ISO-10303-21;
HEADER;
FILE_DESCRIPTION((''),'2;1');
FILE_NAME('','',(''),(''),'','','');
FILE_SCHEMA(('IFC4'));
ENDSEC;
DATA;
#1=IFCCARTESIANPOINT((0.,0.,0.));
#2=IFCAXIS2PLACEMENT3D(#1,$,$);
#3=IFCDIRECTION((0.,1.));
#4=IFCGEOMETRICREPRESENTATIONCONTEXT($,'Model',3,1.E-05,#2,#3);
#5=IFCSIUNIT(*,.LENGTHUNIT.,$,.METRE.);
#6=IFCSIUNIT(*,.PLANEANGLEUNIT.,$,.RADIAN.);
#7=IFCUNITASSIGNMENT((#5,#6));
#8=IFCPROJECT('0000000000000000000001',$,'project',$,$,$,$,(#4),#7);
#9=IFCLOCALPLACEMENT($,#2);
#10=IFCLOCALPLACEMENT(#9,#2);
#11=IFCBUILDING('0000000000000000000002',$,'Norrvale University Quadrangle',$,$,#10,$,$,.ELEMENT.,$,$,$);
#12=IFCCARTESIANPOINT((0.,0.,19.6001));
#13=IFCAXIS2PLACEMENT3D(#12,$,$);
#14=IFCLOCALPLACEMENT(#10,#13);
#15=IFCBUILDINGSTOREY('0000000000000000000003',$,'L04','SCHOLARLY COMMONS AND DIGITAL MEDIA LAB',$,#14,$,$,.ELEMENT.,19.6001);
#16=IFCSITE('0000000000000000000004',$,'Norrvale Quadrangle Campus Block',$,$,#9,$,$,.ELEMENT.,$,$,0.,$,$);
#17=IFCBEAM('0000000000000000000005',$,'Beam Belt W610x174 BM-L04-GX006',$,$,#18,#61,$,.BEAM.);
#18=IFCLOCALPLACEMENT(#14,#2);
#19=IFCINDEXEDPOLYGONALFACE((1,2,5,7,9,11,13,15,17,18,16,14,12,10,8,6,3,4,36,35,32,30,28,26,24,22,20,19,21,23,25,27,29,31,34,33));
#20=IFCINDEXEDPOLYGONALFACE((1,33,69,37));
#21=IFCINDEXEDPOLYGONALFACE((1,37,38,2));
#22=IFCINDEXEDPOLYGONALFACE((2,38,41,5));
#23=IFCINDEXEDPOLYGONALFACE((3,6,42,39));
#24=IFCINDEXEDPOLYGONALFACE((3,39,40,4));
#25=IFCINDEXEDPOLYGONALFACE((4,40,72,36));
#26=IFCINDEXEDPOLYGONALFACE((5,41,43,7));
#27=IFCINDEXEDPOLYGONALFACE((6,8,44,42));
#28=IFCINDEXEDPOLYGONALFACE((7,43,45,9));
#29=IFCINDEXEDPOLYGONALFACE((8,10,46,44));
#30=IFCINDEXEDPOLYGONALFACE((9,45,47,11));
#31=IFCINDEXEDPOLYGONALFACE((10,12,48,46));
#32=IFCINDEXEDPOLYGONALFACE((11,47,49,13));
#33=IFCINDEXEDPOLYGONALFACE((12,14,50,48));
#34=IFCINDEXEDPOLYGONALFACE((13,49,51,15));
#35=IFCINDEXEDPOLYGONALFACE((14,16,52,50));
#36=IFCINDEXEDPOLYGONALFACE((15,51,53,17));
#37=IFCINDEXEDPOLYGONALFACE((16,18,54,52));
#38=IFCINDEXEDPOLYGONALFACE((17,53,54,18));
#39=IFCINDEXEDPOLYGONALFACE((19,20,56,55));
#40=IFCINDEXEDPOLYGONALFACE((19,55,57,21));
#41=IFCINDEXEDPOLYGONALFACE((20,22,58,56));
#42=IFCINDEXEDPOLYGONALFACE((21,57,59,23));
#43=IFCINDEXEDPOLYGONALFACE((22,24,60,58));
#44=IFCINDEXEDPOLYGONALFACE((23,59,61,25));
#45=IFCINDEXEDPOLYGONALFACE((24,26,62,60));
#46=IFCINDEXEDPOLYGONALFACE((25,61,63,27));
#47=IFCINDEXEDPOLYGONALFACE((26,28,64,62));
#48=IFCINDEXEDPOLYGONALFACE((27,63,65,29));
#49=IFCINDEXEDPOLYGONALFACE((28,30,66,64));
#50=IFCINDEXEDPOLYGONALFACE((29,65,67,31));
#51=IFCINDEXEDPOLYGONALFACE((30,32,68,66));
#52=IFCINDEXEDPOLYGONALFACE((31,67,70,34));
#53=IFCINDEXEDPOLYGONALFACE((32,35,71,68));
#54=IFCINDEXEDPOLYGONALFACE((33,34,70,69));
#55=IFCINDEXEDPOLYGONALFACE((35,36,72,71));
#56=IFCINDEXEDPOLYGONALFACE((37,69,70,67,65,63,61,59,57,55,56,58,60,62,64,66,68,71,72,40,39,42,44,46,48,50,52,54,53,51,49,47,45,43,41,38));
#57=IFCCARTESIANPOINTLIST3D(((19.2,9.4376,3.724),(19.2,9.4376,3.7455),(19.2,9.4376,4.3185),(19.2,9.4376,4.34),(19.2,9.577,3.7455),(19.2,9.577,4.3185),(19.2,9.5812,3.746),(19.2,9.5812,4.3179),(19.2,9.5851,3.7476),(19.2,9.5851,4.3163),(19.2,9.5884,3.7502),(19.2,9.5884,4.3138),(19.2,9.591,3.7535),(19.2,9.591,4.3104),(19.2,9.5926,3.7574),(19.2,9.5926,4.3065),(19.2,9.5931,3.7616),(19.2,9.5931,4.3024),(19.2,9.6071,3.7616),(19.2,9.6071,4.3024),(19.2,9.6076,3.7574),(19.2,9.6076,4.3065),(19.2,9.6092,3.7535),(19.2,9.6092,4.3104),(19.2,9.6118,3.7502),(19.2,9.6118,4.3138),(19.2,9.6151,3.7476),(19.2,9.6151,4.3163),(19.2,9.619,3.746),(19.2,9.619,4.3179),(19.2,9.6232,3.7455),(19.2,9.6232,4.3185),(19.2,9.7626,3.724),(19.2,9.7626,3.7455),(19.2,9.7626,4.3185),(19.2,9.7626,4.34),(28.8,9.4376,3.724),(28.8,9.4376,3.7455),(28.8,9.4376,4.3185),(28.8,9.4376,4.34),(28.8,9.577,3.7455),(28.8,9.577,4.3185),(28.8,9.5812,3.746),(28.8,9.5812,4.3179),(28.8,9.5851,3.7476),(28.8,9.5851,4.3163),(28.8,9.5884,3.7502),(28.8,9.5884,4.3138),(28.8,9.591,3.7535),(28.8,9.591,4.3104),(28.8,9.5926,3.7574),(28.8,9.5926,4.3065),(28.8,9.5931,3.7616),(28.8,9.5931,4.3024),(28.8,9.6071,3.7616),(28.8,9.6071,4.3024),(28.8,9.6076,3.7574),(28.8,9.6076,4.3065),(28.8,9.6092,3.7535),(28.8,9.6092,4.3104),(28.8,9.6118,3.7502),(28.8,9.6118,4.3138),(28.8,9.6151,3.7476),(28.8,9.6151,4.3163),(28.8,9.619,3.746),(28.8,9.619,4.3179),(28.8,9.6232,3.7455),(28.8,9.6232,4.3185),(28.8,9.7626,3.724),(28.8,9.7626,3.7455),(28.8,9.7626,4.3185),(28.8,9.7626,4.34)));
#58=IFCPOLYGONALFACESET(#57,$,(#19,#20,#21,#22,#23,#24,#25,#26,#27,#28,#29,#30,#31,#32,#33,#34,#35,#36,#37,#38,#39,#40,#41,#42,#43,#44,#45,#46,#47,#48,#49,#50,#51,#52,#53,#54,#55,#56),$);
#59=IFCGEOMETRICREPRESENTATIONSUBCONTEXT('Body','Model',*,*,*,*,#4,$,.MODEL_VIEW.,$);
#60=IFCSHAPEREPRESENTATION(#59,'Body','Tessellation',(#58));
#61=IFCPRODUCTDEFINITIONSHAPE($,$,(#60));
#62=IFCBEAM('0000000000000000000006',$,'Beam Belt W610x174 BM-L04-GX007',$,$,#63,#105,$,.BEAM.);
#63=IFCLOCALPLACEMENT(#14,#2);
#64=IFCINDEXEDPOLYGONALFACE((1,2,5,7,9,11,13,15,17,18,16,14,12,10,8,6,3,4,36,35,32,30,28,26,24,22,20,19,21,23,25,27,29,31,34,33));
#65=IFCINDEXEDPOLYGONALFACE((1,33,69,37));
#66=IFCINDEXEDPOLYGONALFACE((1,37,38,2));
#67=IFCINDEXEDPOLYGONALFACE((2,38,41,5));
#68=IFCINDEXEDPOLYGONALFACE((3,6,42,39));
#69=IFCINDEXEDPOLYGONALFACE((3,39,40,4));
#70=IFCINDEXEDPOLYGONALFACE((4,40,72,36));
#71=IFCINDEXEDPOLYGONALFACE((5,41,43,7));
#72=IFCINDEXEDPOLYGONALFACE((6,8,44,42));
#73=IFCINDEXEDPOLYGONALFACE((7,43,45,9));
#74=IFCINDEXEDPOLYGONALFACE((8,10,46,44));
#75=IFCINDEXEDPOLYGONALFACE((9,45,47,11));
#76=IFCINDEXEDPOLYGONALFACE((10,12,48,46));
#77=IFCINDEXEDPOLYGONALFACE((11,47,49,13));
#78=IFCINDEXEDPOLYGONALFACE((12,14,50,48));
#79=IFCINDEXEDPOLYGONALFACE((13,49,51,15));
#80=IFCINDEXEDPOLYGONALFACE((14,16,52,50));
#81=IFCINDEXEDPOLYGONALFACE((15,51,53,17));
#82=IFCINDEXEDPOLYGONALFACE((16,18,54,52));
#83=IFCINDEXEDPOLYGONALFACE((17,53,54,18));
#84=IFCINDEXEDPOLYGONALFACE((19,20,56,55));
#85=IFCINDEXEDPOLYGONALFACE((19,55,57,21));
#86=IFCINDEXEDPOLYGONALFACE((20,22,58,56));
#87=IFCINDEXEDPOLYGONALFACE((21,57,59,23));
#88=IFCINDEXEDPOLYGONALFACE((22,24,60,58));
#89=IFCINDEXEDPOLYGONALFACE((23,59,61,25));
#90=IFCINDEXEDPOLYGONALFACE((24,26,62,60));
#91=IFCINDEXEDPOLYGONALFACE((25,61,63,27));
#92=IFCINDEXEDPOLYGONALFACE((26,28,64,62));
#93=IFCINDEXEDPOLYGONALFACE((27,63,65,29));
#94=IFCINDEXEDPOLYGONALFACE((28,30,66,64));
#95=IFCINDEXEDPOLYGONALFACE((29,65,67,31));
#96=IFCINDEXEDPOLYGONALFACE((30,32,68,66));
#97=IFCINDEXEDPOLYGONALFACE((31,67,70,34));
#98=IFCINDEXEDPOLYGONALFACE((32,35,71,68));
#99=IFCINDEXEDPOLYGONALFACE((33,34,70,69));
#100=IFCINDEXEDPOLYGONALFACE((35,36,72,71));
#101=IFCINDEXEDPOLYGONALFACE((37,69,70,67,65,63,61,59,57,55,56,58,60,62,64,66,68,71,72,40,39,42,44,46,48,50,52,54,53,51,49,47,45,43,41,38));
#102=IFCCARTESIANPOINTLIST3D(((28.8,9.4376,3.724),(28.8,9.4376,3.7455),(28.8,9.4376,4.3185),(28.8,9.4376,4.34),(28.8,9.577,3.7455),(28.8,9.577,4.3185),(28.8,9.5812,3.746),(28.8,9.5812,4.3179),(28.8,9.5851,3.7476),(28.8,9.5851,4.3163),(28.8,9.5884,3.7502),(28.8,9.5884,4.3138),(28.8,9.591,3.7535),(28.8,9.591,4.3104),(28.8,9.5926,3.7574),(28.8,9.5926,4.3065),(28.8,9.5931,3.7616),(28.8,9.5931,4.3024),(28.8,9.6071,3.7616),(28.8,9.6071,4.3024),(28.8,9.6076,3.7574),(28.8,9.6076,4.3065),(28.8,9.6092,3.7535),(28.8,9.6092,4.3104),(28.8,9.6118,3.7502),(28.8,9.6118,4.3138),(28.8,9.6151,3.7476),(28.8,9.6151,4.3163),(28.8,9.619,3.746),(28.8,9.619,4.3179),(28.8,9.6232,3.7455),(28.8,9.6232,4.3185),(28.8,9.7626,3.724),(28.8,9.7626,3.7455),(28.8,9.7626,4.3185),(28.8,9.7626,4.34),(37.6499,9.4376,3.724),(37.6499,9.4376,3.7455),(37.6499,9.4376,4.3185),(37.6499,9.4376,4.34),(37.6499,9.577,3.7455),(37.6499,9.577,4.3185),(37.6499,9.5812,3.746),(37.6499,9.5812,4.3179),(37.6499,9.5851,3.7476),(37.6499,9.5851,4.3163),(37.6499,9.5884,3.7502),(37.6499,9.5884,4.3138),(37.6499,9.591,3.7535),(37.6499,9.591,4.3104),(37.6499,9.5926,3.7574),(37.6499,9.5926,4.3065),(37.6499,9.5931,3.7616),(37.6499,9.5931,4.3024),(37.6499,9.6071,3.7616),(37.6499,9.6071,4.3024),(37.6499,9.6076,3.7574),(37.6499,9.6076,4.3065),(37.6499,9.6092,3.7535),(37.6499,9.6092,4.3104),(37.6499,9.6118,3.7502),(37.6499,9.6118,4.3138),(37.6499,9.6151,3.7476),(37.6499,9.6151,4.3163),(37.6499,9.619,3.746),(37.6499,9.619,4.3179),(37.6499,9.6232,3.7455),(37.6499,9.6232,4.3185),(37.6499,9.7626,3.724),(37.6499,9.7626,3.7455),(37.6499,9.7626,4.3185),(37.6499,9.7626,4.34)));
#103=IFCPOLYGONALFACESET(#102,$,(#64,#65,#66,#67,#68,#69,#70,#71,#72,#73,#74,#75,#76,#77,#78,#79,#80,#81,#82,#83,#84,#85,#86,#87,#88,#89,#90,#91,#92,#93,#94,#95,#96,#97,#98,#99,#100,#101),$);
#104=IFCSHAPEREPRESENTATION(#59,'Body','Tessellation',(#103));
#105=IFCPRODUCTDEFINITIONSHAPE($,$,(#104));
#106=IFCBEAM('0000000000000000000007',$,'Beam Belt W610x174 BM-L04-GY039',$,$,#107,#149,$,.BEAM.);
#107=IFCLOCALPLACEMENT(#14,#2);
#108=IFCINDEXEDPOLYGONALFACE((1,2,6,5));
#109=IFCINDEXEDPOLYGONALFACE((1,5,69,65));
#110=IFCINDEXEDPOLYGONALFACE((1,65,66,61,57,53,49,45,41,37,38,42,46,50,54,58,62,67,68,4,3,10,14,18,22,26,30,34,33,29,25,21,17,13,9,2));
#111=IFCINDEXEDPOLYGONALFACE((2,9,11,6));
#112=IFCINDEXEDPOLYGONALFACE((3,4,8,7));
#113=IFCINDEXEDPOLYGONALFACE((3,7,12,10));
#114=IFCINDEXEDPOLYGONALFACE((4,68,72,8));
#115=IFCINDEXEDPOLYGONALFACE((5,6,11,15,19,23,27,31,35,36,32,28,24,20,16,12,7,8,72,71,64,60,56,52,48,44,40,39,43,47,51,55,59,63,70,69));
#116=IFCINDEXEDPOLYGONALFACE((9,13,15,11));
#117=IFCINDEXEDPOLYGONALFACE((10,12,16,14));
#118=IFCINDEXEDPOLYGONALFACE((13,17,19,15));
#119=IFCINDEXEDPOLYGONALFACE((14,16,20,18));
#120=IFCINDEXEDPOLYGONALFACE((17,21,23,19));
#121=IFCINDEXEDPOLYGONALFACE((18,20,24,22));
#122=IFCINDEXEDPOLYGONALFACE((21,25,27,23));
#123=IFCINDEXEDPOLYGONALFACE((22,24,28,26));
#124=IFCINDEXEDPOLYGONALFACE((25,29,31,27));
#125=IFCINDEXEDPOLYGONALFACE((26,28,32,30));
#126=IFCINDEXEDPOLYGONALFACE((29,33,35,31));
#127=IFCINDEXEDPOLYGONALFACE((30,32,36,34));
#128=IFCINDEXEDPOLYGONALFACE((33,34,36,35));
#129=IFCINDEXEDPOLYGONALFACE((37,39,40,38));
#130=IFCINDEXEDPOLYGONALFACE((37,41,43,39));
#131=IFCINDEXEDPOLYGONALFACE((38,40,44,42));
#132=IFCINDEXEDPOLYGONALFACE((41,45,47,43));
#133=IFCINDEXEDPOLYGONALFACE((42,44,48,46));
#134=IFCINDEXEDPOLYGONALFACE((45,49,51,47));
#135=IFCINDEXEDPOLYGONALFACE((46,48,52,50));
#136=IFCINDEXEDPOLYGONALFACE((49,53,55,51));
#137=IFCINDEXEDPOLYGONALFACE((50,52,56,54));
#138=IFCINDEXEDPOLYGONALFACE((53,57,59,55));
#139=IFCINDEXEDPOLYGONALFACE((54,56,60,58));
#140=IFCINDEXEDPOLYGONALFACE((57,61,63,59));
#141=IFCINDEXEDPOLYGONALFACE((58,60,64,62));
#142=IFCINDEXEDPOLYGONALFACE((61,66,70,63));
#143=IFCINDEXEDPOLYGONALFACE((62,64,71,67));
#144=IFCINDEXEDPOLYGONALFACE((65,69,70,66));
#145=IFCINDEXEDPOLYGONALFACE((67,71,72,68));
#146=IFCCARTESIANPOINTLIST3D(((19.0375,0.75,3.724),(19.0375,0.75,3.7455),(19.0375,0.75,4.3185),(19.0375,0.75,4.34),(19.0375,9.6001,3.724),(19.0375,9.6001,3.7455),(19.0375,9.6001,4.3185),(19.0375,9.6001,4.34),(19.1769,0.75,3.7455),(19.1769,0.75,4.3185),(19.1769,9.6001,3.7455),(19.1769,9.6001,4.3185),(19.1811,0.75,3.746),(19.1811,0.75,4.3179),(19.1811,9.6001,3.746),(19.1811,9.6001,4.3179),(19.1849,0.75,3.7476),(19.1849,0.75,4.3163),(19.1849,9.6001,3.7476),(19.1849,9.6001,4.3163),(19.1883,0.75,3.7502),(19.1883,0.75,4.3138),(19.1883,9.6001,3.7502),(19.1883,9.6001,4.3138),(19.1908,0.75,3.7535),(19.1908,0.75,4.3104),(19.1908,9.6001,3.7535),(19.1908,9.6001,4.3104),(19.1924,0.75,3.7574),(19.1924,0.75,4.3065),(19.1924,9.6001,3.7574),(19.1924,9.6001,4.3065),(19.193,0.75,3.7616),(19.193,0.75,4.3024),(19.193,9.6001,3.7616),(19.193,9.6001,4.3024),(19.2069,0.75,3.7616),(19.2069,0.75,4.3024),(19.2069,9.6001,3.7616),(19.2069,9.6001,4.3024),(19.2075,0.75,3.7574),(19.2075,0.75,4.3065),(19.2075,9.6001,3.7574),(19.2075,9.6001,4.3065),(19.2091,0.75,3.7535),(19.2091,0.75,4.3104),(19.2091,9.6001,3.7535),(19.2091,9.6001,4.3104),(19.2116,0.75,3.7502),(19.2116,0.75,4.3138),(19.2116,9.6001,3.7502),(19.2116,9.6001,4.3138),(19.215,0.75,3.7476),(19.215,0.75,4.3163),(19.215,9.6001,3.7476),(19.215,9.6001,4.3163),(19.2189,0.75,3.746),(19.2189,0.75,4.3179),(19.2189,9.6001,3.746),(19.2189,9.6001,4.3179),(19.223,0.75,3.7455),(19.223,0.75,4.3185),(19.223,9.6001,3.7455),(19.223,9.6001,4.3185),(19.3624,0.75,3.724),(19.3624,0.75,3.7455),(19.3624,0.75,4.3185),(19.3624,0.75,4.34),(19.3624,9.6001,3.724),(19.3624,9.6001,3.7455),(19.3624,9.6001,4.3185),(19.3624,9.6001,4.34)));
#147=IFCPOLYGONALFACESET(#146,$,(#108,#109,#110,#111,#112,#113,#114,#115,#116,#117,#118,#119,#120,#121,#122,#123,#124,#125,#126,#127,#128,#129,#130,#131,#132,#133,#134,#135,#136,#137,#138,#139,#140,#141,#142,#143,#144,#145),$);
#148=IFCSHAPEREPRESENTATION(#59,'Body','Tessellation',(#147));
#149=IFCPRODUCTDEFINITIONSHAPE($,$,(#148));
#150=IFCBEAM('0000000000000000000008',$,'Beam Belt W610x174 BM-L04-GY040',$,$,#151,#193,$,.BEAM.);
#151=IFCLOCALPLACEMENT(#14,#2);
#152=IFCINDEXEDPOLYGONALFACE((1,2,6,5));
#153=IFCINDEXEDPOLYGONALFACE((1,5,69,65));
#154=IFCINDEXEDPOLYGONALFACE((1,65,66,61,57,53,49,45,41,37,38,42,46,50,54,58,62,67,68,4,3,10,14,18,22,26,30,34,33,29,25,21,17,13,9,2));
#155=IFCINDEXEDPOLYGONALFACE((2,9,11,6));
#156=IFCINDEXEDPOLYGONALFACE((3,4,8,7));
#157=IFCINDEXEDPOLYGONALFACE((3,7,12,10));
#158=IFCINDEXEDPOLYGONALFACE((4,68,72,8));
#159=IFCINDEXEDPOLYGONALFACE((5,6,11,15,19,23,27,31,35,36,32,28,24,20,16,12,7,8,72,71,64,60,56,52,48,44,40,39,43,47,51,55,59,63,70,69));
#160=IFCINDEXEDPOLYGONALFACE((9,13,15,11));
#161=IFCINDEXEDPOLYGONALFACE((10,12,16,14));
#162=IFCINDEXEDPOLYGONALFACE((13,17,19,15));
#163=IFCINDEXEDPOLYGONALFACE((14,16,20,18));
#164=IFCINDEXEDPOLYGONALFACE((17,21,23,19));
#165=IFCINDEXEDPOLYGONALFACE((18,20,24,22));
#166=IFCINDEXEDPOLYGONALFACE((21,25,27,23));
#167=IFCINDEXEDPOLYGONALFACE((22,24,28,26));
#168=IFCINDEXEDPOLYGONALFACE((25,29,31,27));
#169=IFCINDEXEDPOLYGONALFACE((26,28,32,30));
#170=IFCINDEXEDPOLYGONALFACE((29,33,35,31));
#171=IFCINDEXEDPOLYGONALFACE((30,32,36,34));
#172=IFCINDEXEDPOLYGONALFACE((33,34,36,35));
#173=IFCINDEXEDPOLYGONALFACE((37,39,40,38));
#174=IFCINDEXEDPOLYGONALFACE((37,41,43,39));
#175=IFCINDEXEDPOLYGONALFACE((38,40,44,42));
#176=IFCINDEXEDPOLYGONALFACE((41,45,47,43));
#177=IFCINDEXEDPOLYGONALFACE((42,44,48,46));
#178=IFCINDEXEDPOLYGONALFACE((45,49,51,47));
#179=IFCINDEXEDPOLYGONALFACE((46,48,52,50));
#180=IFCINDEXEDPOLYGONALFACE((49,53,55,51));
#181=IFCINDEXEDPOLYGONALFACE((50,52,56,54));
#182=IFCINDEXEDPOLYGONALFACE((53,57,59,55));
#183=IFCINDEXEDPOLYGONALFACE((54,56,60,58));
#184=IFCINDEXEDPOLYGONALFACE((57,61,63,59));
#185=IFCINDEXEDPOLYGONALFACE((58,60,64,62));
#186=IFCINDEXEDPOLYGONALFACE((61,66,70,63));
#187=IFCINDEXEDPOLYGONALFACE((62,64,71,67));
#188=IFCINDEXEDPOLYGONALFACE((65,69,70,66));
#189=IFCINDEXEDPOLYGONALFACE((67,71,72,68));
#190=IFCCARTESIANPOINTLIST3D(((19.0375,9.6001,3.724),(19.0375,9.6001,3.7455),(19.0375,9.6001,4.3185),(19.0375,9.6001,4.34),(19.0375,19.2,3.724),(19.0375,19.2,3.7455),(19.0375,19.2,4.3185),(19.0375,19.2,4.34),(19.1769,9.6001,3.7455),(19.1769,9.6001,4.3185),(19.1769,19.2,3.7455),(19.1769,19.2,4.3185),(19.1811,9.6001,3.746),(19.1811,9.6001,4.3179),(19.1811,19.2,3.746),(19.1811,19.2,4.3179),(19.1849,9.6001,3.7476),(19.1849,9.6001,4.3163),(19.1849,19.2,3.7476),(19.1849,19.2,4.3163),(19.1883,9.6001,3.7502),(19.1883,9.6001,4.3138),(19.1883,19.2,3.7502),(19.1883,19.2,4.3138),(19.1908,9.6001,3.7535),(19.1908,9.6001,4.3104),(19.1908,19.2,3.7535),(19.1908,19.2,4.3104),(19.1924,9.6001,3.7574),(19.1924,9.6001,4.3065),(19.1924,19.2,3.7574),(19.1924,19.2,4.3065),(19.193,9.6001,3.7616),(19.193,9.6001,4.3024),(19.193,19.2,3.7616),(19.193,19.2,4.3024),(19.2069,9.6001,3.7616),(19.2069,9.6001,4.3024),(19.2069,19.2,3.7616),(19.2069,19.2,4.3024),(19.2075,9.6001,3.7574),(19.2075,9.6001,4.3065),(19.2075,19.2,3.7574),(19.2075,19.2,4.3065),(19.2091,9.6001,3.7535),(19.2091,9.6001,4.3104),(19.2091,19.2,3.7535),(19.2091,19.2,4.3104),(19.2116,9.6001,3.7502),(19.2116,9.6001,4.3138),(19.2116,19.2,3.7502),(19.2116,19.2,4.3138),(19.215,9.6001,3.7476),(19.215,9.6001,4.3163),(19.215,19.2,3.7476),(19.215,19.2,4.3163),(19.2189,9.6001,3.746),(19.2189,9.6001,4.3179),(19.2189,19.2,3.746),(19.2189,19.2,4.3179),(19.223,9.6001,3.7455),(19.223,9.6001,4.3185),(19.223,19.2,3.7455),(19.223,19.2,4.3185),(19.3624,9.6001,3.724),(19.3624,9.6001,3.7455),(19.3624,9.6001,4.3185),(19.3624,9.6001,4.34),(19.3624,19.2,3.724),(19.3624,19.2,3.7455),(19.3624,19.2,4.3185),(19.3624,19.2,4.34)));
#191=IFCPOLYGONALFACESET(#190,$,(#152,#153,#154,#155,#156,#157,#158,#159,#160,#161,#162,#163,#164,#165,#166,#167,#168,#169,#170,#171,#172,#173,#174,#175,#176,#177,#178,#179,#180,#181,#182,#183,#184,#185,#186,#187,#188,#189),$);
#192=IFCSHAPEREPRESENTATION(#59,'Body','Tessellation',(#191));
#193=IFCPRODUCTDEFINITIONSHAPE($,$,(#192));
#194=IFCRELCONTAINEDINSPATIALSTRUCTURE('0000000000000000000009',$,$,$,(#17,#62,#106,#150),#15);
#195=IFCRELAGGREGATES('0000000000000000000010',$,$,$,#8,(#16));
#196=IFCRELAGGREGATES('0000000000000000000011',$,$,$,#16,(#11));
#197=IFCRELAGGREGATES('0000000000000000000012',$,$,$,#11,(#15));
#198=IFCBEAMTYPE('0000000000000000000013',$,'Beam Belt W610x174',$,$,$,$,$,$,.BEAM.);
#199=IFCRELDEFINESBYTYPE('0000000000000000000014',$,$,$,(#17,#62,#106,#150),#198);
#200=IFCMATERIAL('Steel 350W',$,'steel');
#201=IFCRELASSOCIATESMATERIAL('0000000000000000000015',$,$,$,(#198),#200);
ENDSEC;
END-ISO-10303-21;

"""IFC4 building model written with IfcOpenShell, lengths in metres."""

from ifc_helpers import new_model, si_unit, direction, frame, origin, origin_2d, place, context, subcontext, project, spatial, i_section, extrude, material, material_profile, profile_set, type_object, element, save


model = new_model("IFC4")

# Units and contexts
model_context = context("Model", 3, precision=1e-05, world=origin(), true_north=direction((0.0, 1.0)))
body_context = subcontext(model_context, "Body", "Model", "MODEL_VIEW")
ifc_project = project(units=[si_unit("LENGTHUNIT", "METRE"), si_unit("PLANEANGLEUNIT", "RADIAN")], contexts=[model_context])

# Site, building, storey
site_placement = place(None, origin())
site = spatial("IfcSite", under=ifc_project, at=site_placement, Name="Norrvale Quadrangle Campus Block", CompositionType="ELEMENT", RefElevation=0.0)
building_placement = place(site_placement, origin())
building = spatial("IfcBuilding", under=site, at=building_placement, Name="Norrvale University Quadrangle", CompositionType="ELEMENT")
storey_placement = place(building_placement, frame((0.0, 0.0, 19.6001)))
storey = spatial("IfcBuildingStorey", under=building, at=storey_placement, Name="L04", Description="SCHOLARLY COMMONS AND DIGITAL MEDIA LAB", CompositionType="ELEMENT", Elevation=19.6001)

# Beams
ifc_material_1 = material(Name="Steel 350W", Category="steel")
ifc_material_profile_1 = material_profile(ifc_material_1, i_section(OverallWidth=0.325, OverallDepth=0.616, WebThickness=0.0139, FlangeThickness=0.0215, FilletRadius=0.0161, at=origin_2d()), Name="Steel 350W")
ifc_profile_set_1 = profile_set([ifc_material_profile_1], Name="Steel 350W")
beam_type_1 = type_object("IfcBeamType", Name="Beam Belt W610x174", PredefinedType="BEAM", material=ifc_profile_set_1)
beam_1_placement = place(storey_placement, frame((19.2, 9.6001, 4.032), z_axis=(1.0, 0.0, 0.0), x_axis=(0.0, 1.0, 0.0)))
element("IfcBeam", 1, at=beam_1_placement, inside=storey, type_object=beam_type_1, Name="Beam Belt W610x174 BM-L04-GX006", PredefinedType="BEAM", context=body_context, shape_type="SweptSolid", body=[
    extrude(i_section(OverallWidth=0.325, OverallDepth=0.616, WebThickness=0.0139, FlangeThickness=0.0215, FilletRadius=0.0161, at=origin_2d()), origin(), (0.0, 0.0, 1.0), 9.6001),
])
beam_2_placement = place(storey_placement, frame((28.8, 9.6001, 4.032), z_axis=(1.0, 0.0, 0.0), x_axis=(0.0, 1.0, 0.0)))
element("IfcBeam", 2, at=beam_2_placement, inside=storey, type_object=beam_type_1, Name="Beam Belt W610x174 BM-L04-GX007", PredefinedType="BEAM", context=body_context, shape_type="SweptSolid", body=[
    extrude(i_section(OverallWidth=0.325, OverallDepth=0.616, WebThickness=0.0139, FlangeThickness=0.0215, FilletRadius=0.0161, at=origin_2d()), origin(), (0.0, 0.0, 1.0), 8.8499),
])
beam_3_placement = place(storey_placement, frame((19.2, 0.75, 4.032), z_axis=(0.0, 1.0, 0.0), x_axis=(-1.0, 0.0, 0.0)))
element("IfcBeam", 3, at=beam_3_placement, inside=storey, type_object=beam_type_1, Name="Beam Belt W610x174 BM-L04-GY039", PredefinedType="BEAM", context=body_context, shape_type="SweptSolid", body=[
    extrude(i_section(OverallWidth=0.325, OverallDepth=0.616, WebThickness=0.0139, FlangeThickness=0.0215, FilletRadius=0.0161, at=origin_2d()), origin(), (0.0, 0.0, 1.0), 8.8501),
])
beam_4_placement = place(storey_placement, frame((19.2, 9.6001, 4.032), z_axis=(0.0, 1.0, 0.0), x_axis=(-1.0, 0.0, 0.0)))
element("IfcBeam", 4, at=beam_4_placement, inside=storey, type_object=beam_type_1, Name="Beam Belt W610x174 BM-L04-GY040", PredefinedType="BEAM", context=body_context, shape_type="SweptSolid", body=[
    extrude(i_section(OverallWidth=0.325, OverallDepth=0.616, WebThickness=0.0139, FlangeThickness=0.0215, FilletRadius=0.0161, at=origin_2d()), origin(), (0.0, 0.0, 1.0), 9.5999),
])

save(model, "model.ifc")
